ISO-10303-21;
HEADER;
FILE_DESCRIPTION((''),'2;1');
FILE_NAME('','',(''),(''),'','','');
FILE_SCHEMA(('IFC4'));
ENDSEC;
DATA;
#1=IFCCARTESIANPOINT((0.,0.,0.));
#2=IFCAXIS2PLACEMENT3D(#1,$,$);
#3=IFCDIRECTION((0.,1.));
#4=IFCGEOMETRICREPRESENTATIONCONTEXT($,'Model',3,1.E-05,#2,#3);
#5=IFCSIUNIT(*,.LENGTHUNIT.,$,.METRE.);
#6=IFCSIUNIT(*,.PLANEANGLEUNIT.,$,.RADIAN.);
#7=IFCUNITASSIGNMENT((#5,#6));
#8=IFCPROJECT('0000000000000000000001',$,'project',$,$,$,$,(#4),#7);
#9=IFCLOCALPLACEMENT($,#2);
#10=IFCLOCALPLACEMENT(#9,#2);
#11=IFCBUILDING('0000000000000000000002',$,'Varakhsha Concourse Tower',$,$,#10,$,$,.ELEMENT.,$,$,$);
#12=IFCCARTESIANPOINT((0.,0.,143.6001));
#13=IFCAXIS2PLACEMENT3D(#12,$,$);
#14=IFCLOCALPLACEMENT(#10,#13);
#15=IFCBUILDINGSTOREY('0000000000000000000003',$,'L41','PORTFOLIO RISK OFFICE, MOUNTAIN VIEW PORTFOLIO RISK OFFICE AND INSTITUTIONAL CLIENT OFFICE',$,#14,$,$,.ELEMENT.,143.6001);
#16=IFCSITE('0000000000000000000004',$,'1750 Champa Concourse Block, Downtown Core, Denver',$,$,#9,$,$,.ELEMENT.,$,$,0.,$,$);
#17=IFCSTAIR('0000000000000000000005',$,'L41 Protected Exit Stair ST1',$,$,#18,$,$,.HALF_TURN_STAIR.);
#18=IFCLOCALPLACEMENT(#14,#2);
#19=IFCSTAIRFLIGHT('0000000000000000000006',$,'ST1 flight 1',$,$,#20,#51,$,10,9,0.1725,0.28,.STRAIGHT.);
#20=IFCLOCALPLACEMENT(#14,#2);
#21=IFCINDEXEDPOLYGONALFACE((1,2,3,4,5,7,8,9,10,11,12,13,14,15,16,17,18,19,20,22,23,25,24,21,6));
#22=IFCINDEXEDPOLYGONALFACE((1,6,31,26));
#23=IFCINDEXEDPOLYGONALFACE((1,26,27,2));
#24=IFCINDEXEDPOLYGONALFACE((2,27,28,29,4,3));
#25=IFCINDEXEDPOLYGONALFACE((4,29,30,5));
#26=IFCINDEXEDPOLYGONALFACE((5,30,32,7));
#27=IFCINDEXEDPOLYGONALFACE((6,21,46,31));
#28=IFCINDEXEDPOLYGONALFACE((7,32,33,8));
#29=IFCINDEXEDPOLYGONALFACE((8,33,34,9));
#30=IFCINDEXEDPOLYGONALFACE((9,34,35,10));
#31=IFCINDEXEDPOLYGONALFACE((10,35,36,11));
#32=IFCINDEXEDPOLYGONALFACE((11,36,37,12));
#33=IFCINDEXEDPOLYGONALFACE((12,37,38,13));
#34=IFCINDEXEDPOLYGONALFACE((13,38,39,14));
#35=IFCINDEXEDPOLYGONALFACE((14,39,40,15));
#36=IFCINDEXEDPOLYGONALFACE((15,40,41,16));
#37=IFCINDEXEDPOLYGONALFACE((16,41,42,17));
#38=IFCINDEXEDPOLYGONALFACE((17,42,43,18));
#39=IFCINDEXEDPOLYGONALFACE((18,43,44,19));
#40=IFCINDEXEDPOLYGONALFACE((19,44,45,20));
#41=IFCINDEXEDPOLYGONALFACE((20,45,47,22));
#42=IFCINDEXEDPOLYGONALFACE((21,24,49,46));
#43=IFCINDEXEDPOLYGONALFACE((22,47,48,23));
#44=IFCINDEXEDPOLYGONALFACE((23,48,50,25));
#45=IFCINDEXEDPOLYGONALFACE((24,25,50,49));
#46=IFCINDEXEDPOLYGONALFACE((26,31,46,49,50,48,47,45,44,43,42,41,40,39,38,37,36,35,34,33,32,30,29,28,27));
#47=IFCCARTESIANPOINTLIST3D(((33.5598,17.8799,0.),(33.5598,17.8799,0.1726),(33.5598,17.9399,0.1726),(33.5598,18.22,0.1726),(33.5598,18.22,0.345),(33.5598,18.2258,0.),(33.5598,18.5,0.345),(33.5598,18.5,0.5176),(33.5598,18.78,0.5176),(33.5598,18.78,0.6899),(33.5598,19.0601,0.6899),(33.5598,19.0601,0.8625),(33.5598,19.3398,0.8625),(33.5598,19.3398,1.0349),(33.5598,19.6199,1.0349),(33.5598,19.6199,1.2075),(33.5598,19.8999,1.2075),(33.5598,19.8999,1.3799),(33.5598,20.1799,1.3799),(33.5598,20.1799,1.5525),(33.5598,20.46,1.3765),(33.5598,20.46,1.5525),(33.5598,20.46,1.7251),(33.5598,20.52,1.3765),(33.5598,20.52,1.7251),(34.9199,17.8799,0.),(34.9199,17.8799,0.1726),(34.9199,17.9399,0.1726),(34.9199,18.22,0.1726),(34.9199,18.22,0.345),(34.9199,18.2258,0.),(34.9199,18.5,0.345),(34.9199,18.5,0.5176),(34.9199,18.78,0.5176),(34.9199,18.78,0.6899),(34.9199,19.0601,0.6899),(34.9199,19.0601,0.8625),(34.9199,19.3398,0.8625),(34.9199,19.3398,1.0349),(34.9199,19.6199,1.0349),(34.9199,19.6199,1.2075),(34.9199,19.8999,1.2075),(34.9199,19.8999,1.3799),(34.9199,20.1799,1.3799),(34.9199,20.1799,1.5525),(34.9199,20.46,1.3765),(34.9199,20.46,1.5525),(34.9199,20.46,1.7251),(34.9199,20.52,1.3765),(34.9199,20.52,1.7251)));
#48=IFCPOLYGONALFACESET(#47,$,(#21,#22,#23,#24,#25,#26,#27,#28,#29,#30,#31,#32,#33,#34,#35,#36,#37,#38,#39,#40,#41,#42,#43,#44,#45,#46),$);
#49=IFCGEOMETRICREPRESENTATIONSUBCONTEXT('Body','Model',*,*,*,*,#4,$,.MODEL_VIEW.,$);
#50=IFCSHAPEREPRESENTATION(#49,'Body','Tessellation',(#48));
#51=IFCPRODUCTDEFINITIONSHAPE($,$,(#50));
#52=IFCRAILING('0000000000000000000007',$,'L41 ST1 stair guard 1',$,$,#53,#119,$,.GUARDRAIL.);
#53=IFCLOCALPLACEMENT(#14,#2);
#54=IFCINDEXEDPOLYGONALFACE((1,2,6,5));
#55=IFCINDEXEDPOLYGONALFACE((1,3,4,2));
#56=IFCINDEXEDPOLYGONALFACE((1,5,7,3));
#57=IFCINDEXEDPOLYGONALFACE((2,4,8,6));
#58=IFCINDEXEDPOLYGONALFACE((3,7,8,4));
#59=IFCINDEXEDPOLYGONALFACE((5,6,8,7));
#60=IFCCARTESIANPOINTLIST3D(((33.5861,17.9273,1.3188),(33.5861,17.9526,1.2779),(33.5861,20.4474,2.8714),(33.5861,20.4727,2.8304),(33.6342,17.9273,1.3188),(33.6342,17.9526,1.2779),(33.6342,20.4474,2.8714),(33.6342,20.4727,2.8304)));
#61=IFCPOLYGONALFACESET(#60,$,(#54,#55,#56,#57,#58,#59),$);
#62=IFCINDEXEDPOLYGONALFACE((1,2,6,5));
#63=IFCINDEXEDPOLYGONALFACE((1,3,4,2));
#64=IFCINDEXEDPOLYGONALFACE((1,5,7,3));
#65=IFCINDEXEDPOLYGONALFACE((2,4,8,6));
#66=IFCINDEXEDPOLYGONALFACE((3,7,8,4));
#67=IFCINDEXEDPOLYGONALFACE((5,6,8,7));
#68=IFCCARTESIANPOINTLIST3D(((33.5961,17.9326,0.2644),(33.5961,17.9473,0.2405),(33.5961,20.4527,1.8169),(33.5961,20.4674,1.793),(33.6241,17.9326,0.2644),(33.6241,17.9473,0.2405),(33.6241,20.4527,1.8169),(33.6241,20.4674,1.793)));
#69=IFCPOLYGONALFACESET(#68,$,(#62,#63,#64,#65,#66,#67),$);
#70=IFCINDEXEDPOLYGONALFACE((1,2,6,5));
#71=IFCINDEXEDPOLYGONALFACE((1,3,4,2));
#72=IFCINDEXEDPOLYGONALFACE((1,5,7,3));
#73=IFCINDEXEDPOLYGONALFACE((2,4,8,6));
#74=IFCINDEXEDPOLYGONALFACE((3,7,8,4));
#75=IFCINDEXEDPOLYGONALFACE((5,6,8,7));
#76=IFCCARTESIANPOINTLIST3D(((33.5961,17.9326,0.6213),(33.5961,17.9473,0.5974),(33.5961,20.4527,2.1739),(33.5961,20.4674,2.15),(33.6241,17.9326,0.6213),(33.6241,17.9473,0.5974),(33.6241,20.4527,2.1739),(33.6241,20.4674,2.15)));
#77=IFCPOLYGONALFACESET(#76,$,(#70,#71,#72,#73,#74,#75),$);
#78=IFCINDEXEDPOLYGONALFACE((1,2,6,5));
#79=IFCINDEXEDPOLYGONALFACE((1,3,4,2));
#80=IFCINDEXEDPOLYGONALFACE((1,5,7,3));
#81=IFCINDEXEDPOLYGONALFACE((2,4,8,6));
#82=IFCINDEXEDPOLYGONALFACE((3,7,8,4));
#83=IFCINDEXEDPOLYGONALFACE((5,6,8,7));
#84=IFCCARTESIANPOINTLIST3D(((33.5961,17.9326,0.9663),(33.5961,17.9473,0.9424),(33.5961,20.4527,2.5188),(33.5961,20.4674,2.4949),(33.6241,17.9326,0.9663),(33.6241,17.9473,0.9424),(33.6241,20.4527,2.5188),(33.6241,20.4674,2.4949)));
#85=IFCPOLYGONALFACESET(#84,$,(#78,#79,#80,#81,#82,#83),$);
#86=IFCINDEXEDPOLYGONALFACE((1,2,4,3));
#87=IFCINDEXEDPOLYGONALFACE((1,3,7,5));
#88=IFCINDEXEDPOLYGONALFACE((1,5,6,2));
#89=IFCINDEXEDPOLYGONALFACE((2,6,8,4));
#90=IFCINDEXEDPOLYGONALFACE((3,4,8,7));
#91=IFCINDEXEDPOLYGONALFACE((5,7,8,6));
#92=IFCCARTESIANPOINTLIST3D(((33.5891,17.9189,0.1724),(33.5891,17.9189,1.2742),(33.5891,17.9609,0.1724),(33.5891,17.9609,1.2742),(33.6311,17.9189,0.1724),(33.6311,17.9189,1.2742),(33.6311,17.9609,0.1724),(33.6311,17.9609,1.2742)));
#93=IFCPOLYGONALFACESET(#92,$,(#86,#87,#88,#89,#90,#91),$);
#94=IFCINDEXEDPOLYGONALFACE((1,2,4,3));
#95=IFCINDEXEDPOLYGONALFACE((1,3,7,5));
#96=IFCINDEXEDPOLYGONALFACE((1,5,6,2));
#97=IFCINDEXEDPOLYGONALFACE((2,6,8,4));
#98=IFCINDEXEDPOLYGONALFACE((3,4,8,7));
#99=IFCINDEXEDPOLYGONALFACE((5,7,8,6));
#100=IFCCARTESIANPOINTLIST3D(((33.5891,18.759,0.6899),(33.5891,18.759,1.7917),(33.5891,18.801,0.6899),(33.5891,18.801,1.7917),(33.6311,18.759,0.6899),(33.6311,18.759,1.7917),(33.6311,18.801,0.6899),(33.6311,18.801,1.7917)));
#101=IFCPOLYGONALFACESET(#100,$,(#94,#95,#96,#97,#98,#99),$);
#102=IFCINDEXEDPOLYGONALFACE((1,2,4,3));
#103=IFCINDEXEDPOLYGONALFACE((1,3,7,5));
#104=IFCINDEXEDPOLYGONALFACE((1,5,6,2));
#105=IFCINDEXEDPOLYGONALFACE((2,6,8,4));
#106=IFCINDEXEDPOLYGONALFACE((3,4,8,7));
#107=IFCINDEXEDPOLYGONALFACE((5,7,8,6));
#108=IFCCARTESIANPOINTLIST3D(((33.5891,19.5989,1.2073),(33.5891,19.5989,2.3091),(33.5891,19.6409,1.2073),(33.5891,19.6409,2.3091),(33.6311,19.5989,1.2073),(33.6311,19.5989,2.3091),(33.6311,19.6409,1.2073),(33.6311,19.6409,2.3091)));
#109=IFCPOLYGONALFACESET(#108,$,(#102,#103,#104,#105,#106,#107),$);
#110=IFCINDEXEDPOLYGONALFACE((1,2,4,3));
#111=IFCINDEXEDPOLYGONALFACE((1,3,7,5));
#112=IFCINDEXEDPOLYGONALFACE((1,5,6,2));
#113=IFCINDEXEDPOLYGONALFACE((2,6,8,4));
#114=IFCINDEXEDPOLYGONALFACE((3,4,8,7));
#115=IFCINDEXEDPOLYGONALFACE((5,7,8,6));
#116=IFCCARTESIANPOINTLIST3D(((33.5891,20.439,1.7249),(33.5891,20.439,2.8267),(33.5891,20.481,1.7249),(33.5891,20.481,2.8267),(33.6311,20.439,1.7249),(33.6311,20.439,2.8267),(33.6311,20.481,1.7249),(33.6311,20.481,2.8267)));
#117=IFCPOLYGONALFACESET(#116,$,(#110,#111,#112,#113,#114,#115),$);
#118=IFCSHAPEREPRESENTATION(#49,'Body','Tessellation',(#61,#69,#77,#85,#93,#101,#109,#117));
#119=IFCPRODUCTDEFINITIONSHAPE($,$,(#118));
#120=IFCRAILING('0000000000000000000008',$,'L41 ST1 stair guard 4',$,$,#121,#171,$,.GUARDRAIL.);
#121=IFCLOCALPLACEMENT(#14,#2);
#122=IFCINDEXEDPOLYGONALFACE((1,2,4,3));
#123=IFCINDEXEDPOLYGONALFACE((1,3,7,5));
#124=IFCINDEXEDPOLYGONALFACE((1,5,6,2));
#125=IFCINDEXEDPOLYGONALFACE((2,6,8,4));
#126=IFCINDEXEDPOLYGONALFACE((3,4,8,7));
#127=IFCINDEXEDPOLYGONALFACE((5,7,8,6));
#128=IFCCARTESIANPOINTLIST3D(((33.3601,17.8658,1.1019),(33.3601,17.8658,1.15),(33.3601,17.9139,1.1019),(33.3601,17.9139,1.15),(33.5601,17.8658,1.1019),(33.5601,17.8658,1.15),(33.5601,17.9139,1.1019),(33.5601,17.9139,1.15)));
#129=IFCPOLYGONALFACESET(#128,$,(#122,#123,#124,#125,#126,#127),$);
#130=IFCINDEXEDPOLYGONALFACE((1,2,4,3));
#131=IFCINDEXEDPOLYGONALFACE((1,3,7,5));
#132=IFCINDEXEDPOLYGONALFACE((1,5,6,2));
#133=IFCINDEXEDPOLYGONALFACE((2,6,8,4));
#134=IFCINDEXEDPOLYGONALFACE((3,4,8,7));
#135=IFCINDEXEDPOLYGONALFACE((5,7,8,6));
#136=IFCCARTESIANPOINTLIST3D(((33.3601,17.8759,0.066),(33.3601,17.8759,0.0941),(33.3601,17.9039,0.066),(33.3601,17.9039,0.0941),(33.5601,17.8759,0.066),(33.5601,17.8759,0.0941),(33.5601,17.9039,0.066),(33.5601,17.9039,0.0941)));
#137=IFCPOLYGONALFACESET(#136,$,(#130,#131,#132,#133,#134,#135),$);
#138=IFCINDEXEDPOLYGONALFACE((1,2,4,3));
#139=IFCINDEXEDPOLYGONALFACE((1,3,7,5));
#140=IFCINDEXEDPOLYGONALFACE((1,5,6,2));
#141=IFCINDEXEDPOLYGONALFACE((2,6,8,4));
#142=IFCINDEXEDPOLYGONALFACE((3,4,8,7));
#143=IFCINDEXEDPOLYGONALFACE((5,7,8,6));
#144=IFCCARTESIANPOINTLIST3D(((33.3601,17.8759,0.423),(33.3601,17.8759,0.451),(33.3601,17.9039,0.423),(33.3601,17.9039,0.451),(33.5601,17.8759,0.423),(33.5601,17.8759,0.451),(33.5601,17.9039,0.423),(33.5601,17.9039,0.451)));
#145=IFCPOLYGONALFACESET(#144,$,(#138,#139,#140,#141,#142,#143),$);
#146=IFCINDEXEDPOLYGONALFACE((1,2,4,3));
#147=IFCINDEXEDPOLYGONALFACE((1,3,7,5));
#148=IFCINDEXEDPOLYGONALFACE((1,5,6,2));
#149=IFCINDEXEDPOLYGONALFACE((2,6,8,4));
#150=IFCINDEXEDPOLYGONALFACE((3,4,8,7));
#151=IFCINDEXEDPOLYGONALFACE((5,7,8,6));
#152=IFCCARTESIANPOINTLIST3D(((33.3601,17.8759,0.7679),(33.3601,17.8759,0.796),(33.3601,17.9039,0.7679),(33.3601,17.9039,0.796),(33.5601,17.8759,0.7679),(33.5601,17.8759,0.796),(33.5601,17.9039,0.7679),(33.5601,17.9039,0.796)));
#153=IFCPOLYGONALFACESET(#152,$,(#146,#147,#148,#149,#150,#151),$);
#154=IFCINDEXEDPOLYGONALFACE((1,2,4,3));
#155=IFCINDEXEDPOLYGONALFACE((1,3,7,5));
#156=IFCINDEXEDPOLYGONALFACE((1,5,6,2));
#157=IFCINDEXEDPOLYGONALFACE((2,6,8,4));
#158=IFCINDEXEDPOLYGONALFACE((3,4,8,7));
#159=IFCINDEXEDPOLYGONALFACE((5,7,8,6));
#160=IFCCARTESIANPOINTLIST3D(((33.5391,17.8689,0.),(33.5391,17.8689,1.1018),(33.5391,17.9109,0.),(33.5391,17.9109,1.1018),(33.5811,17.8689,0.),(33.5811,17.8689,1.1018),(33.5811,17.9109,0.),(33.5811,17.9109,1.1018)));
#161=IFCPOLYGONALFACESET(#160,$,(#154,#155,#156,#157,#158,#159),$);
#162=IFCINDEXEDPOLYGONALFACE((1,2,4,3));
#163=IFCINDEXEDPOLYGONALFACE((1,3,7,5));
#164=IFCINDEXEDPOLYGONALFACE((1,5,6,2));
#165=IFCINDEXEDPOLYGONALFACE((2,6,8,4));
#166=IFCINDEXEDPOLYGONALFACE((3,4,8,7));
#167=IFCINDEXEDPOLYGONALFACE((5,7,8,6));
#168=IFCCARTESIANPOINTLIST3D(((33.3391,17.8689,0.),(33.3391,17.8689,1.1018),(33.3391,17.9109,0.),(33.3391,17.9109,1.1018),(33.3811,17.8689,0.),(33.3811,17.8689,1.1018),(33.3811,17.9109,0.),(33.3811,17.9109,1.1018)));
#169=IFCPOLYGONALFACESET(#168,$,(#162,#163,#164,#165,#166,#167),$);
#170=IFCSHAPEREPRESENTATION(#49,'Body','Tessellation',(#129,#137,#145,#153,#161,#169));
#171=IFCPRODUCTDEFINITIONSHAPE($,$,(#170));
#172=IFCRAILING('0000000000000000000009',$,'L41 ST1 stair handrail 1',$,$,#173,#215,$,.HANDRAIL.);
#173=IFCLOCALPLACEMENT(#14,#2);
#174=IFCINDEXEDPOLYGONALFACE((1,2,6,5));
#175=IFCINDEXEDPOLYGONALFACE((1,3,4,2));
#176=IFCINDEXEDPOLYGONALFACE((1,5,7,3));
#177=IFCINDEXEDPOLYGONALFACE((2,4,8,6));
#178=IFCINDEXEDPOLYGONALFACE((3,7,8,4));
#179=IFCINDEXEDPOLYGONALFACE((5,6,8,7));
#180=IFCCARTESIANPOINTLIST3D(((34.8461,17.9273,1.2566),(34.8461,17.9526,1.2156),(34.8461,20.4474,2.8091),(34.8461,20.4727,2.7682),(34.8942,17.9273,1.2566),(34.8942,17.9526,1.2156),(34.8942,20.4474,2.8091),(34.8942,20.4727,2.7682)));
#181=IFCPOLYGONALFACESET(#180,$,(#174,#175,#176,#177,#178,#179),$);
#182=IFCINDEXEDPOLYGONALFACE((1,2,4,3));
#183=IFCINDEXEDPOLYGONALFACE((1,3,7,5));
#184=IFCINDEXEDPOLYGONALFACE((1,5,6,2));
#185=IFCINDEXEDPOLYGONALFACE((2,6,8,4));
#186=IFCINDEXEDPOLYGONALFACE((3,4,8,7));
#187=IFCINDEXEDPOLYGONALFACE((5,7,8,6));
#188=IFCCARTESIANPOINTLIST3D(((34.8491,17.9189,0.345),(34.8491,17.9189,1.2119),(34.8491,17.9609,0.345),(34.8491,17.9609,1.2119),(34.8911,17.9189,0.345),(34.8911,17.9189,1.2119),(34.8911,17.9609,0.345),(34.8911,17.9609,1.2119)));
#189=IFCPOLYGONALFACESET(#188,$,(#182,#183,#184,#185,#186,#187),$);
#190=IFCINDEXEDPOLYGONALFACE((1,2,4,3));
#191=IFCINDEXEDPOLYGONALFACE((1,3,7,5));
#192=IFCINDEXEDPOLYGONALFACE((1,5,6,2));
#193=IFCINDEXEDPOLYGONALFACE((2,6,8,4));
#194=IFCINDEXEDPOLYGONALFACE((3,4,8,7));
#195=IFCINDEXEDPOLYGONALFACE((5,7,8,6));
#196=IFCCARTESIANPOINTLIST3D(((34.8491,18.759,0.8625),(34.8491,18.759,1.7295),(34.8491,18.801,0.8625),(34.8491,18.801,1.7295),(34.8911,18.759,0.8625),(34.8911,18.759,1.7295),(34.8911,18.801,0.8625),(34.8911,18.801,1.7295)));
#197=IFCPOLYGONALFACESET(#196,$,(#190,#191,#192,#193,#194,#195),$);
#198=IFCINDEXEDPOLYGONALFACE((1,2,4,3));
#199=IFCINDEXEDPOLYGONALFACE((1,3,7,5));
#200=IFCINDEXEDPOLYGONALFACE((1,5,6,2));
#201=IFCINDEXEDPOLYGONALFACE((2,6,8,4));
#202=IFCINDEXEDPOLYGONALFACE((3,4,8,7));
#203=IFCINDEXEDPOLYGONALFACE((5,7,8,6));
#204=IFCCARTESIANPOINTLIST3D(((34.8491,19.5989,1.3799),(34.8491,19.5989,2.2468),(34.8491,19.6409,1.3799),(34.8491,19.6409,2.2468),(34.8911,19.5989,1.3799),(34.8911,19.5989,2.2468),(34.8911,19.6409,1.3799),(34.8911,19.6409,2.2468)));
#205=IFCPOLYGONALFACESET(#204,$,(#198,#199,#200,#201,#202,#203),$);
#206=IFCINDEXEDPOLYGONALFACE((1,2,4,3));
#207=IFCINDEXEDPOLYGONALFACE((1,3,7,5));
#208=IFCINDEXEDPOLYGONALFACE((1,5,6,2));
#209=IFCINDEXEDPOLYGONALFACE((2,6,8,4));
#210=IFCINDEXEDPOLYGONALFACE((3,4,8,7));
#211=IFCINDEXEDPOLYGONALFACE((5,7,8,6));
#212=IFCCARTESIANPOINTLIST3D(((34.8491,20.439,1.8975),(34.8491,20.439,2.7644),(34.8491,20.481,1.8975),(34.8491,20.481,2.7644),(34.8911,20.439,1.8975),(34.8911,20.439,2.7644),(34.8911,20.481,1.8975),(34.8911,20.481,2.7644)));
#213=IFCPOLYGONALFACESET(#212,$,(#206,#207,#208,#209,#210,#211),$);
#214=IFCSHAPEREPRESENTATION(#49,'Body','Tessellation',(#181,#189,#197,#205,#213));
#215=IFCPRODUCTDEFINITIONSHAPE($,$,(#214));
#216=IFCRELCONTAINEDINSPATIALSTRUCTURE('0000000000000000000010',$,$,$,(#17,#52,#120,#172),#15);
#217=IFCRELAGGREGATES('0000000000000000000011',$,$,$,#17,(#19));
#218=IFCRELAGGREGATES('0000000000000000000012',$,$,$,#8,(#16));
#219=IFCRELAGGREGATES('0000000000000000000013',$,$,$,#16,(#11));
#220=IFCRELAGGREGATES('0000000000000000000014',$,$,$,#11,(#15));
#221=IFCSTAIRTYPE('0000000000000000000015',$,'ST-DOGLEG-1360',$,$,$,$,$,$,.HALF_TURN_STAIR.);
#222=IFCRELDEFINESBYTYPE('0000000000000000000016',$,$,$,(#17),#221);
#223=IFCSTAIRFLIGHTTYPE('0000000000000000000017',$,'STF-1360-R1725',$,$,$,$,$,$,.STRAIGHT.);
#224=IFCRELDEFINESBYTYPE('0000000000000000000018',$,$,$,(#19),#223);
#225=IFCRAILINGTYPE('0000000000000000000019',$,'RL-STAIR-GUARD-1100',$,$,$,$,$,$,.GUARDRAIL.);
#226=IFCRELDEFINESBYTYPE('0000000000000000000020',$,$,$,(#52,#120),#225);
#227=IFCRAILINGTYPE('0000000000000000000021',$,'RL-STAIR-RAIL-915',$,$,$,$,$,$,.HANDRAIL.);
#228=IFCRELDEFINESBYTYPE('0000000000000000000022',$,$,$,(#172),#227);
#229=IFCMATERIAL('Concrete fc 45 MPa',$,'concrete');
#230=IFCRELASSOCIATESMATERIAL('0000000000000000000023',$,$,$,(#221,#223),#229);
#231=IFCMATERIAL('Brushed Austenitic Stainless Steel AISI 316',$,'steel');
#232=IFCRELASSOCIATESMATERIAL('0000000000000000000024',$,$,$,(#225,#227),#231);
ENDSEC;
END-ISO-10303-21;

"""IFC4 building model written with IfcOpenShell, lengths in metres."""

from ifc_helpers import new_model, si_unit, direction, frame, origin, origin_2d, place, context, subcontext, project, spatial, polyline, rectangle, outline, extrude, material, type_object, element, aggregate, save


model = new_model("IFC4")

# Units and contexts
model_context = context("Model", 3, precision=1e-05, world=origin(), true_north=direction((0.0, 1.0)))
body_context = subcontext(model_context, "Body", "Model", "MODEL_VIEW")
ifc_project = project(units=[si_unit("LENGTHUNIT", "METRE"), si_unit("PLANEANGLEUNIT", "RADIAN")], contexts=[model_context])

# Site, building, storey
site_placement = place(None, origin())
site = spatial("IfcSite", under=ifc_project, at=site_placement, Name="1750 Champa Concourse Block, Downtown Core, Denver", CompositionType="ELEMENT", RefElevation=0.0)
building_placement = place(site_placement, origin())
building = spatial("IfcBuilding", under=site, at=building_placement, Name="Varakhsha Concourse Tower", CompositionType="ELEMENT")
storey_placement = place(building_placement, frame((0.0, 0.0, 143.6001)))
storey = spatial("IfcBuildingStorey", under=building, at=storey_placement, Name="L41", Description="PORTFOLIO RISK OFFICE, MOUNTAIN VIEW PORTFOLIO RISK OFFICE AND INSTITUTIONAL CLIENT OFFICE", CompositionType="ELEMENT", Elevation=143.6001)

# Shared definitions
ifc_material_1 = material(Name="Concrete fc 45 MPa", Category="concrete")

# Stair, stair flight
stair_type = type_object("IfcStairType", Name="ST-DOGLEG-1360", PredefinedType="HALF_TURN_STAIR", material=ifc_material_1)
stair_placement = place(storey_placement, origin())
stair = element("IfcStair", 1, at=stair_placement, inside=storey, type_object=stair_type, Name="L41 Protected Exit Stair ST1", PredefinedType="HALF_TURN_STAIR")
stair_flight_type = type_object("IfcStairFlightType", Name="STF-1360-R1725", PredefinedType="STRAIGHT", material=ifc_material_1)
stair_flight_placement = place(storey_placement, frame((34.24, 17.9399, 0.0), z_axis=(0.0, 0.0, 1.0), x_axis=(0.0, 1.0, 0.0)))
stair_flight = element("IfcStairFlight", 2, at=stair_flight_placement, type_object=stair_flight_type, Name="ST1 flight 1", NumberOfRisers=10, NumberOfTreads=9, PredefinedType="STRAIGHT", RiserHeight=0.1725, TreadLength=0.28, context=body_context, shape_type="SweptSolid", body=[
    extrude(outline(polyline([(-0.0601, 0.0), (-0.0601, 0.1726), (0.0, 0.1726), (0.28, 0.1726), (0.28, 0.345), (0.5601, 0.345), (0.5601, 0.5176), (0.8401, 0.5176), (0.8401, 0.6899), (1.1201, 0.6899), (1.1201, 0.8625), (1.3999, 0.8625), (1.3999, 1.0349), (1.6799, 1.0349), (1.6799, 1.2075), (1.96, 1.2075), (1.96, 1.3799), (2.24, 1.3799), (2.24, 1.5525), (2.52, 1.5525), (2.52, 1.7251), (2.5801, 1.7251), (2.5801, 1.3765), (2.52, 1.3765), (0.2859, 0.0), (-0.0601, 0.0)])), frame((0.0, 0.6802, 0.0), z_axis=(0.0, -1.0, 0.0), x_axis=(1.0, 0.0, 0.0)), (0.0, 0.0, 1.0), 1.3601),
])
aggregate(stair, [stair_flight])

# Railings
ifc_material_2 = material(Name="Brushed Austenitic Stainless Steel AISI 316", Category="steel")
railing_type_1 = type_object("IfcRailingType", Name="RL-STAIR-GUARD-1100", PredefinedType="GUARDRAIL", material=ifc_material_2)
railing_1_placement = place(storey_placement, frame((33.6101, 17.9399, 0.1724)))
element("IfcRailing", 3, at=railing_1_placement, inside=storey, type_object=railing_type_1, Name="L41 ST1 stair guard 1", PredefinedType="GUARDRAIL", context=body_context, shape_type="SweptSolid", body=[
    extrude(rectangle(XDim=0.0481, YDim=0.0481, at=origin_2d()), frame((0.0, 0.0, 1.126), z_axis=(0.0, 0.8514, 0.524516), x_axis=(-1.0, 0.0, 0.0)), (0.0, 0.0, 1.0), 2.96),
    extrude(rectangle(XDim=0.0281, YDim=0.0281, at=origin_2d()), frame((0.0, 0.0, 0.0801), z_axis=(0.0, 0.8514, 0.524516), x_axis=(-1.0, 0.0, 0.0)), (0.0, 0.0, 1.0), 2.96),
    extrude(rectangle(XDim=0.0281, YDim=0.0281, at=origin_2d()), frame((0.0, 0.0, 0.437), z_axis=(0.0, 0.8514, 0.524516), x_axis=(-1.0, 0.0, 0.0)), (0.0, 0.0, 1.0), 2.96),
    extrude(rectangle(XDim=0.0281, YDim=0.0281, at=origin_2d()), frame((0.0, 0.0, 0.782), z_axis=(0.0, 0.8514, 0.524516), x_axis=(-1.0, 0.0, 0.0)), (0.0, 0.0, 1.0), 2.96),
    extrude(rectangle(XDim=0.042, YDim=0.042, at=origin_2d()), origin(), (0.0, 0.0, 1.0), 1.1018),
    extrude(rectangle(XDim=0.042, YDim=0.042, at=origin_2d()), frame((0.0, 0.8401, 0.5176)), (0.0, 0.0, 1.0), 1.1018),
    extrude(rectangle(XDim=0.042, YDim=0.042, at=origin_2d()), frame((0.0, 1.6799, 1.0349)), (0.0, 0.0, 1.0), 1.1018),
    extrude(rectangle(XDim=0.042, YDim=0.042, at=origin_2d()), frame((0.0, 2.52, 1.5525)), (0.0, 0.0, 1.0), 1.1018),
])
railing_2_placement = place(storey_placement, frame((33.5601, 17.8899, 0.0)))
element("IfcRailing", 4, at=railing_2_placement, inside=storey, type_object=railing_type_1, Name="L41 ST1 stair guard 4", PredefinedType="GUARDRAIL", context=body_context, shape_type="SweptSolid", body=[
    extrude(rectangle(XDim=0.0481, YDim=0.0481, at=origin_2d()), frame((0.0, 0.0, 1.126), z_axis=(-1.0, 0.0, 0.0), x_axis=(0.0, -1.0, 0.0)), (0.0, 0.0, 1.0), 0.2),
    extrude(rectangle(XDim=0.0281, YDim=0.0281, at=origin_2d()), frame((0.0, 0.0, 0.0801), z_axis=(-1.0, 0.0, 0.0), x_axis=(0.0, -1.0, 0.0)), (0.0, 0.0, 1.0), 0.2),
    extrude(rectangle(XDim=0.0281, YDim=0.0281, at=origin_2d()), frame((0.0, 0.0, 0.437), z_axis=(-1.0, 0.0, 0.0), x_axis=(0.0, -1.0, 0.0)), (0.0, 0.0, 1.0), 0.2),
    extrude(rectangle(XDim=0.0281, YDim=0.0281, at=origin_2d()), frame((0.0, 0.0, 0.782), z_axis=(-1.0, 0.0, 0.0), x_axis=(0.0, -1.0, 0.0)), (0.0, 0.0, 1.0), 0.2),
    extrude(rectangle(XDim=0.042, YDim=0.042, at=origin_2d()), origin(), (0.0, 0.0, 1.0), 1.1018),
    extrude(rectangle(XDim=0.042, YDim=0.042, at=origin_2d()), frame((-0.2, 0.0, 0.0)), (0.0, 0.0, 1.0), 1.1018),
])
railing_type_2 = type_object("IfcRailingType", Name="RL-STAIR-RAIL-915", PredefinedType="HANDRAIL", material=ifc_material_2)
railing_3_placement = place(storey_placement, frame((34.8701, 17.9399, 0.345)))
element("IfcRailing", 5, at=railing_3_placement, inside=storey, type_object=railing_type_2, Name="L41 ST1 stair handrail 1", PredefinedType="HANDRAIL", context=body_context, shape_type="SweptSolid", body=[
    extrude(rectangle(XDim=0.0481, YDim=0.0481, at=origin_2d()), frame((0.0, 0.0, 0.8911), z_axis=(0.0, 0.8514, 0.524516), x_axis=(-1.0, 0.0, 0.0)), (0.0, 0.0, 1.0), 2.96),
    extrude(rectangle(XDim=0.042, YDim=0.042, at=origin_2d()), origin(), (0.0, 0.0, 1.0), 0.8669),
    extrude(rectangle(XDim=0.042, YDim=0.042, at=origin_2d()), frame((0.0, 0.8401, 0.5176)), (0.0, 0.0, 1.0), 0.8669),
    extrude(rectangle(XDim=0.042, YDim=0.042, at=origin_2d()), frame((0.0, 1.6799, 1.0349)), (0.0, 0.0, 1.0), 0.8669),
    extrude(rectangle(XDim=0.042, YDim=0.042, at=origin_2d()), frame((0.0, 2.52, 1.5525)), (0.0, 0.0, 1.0), 0.8669),
])

save(model, "model.ifc")
